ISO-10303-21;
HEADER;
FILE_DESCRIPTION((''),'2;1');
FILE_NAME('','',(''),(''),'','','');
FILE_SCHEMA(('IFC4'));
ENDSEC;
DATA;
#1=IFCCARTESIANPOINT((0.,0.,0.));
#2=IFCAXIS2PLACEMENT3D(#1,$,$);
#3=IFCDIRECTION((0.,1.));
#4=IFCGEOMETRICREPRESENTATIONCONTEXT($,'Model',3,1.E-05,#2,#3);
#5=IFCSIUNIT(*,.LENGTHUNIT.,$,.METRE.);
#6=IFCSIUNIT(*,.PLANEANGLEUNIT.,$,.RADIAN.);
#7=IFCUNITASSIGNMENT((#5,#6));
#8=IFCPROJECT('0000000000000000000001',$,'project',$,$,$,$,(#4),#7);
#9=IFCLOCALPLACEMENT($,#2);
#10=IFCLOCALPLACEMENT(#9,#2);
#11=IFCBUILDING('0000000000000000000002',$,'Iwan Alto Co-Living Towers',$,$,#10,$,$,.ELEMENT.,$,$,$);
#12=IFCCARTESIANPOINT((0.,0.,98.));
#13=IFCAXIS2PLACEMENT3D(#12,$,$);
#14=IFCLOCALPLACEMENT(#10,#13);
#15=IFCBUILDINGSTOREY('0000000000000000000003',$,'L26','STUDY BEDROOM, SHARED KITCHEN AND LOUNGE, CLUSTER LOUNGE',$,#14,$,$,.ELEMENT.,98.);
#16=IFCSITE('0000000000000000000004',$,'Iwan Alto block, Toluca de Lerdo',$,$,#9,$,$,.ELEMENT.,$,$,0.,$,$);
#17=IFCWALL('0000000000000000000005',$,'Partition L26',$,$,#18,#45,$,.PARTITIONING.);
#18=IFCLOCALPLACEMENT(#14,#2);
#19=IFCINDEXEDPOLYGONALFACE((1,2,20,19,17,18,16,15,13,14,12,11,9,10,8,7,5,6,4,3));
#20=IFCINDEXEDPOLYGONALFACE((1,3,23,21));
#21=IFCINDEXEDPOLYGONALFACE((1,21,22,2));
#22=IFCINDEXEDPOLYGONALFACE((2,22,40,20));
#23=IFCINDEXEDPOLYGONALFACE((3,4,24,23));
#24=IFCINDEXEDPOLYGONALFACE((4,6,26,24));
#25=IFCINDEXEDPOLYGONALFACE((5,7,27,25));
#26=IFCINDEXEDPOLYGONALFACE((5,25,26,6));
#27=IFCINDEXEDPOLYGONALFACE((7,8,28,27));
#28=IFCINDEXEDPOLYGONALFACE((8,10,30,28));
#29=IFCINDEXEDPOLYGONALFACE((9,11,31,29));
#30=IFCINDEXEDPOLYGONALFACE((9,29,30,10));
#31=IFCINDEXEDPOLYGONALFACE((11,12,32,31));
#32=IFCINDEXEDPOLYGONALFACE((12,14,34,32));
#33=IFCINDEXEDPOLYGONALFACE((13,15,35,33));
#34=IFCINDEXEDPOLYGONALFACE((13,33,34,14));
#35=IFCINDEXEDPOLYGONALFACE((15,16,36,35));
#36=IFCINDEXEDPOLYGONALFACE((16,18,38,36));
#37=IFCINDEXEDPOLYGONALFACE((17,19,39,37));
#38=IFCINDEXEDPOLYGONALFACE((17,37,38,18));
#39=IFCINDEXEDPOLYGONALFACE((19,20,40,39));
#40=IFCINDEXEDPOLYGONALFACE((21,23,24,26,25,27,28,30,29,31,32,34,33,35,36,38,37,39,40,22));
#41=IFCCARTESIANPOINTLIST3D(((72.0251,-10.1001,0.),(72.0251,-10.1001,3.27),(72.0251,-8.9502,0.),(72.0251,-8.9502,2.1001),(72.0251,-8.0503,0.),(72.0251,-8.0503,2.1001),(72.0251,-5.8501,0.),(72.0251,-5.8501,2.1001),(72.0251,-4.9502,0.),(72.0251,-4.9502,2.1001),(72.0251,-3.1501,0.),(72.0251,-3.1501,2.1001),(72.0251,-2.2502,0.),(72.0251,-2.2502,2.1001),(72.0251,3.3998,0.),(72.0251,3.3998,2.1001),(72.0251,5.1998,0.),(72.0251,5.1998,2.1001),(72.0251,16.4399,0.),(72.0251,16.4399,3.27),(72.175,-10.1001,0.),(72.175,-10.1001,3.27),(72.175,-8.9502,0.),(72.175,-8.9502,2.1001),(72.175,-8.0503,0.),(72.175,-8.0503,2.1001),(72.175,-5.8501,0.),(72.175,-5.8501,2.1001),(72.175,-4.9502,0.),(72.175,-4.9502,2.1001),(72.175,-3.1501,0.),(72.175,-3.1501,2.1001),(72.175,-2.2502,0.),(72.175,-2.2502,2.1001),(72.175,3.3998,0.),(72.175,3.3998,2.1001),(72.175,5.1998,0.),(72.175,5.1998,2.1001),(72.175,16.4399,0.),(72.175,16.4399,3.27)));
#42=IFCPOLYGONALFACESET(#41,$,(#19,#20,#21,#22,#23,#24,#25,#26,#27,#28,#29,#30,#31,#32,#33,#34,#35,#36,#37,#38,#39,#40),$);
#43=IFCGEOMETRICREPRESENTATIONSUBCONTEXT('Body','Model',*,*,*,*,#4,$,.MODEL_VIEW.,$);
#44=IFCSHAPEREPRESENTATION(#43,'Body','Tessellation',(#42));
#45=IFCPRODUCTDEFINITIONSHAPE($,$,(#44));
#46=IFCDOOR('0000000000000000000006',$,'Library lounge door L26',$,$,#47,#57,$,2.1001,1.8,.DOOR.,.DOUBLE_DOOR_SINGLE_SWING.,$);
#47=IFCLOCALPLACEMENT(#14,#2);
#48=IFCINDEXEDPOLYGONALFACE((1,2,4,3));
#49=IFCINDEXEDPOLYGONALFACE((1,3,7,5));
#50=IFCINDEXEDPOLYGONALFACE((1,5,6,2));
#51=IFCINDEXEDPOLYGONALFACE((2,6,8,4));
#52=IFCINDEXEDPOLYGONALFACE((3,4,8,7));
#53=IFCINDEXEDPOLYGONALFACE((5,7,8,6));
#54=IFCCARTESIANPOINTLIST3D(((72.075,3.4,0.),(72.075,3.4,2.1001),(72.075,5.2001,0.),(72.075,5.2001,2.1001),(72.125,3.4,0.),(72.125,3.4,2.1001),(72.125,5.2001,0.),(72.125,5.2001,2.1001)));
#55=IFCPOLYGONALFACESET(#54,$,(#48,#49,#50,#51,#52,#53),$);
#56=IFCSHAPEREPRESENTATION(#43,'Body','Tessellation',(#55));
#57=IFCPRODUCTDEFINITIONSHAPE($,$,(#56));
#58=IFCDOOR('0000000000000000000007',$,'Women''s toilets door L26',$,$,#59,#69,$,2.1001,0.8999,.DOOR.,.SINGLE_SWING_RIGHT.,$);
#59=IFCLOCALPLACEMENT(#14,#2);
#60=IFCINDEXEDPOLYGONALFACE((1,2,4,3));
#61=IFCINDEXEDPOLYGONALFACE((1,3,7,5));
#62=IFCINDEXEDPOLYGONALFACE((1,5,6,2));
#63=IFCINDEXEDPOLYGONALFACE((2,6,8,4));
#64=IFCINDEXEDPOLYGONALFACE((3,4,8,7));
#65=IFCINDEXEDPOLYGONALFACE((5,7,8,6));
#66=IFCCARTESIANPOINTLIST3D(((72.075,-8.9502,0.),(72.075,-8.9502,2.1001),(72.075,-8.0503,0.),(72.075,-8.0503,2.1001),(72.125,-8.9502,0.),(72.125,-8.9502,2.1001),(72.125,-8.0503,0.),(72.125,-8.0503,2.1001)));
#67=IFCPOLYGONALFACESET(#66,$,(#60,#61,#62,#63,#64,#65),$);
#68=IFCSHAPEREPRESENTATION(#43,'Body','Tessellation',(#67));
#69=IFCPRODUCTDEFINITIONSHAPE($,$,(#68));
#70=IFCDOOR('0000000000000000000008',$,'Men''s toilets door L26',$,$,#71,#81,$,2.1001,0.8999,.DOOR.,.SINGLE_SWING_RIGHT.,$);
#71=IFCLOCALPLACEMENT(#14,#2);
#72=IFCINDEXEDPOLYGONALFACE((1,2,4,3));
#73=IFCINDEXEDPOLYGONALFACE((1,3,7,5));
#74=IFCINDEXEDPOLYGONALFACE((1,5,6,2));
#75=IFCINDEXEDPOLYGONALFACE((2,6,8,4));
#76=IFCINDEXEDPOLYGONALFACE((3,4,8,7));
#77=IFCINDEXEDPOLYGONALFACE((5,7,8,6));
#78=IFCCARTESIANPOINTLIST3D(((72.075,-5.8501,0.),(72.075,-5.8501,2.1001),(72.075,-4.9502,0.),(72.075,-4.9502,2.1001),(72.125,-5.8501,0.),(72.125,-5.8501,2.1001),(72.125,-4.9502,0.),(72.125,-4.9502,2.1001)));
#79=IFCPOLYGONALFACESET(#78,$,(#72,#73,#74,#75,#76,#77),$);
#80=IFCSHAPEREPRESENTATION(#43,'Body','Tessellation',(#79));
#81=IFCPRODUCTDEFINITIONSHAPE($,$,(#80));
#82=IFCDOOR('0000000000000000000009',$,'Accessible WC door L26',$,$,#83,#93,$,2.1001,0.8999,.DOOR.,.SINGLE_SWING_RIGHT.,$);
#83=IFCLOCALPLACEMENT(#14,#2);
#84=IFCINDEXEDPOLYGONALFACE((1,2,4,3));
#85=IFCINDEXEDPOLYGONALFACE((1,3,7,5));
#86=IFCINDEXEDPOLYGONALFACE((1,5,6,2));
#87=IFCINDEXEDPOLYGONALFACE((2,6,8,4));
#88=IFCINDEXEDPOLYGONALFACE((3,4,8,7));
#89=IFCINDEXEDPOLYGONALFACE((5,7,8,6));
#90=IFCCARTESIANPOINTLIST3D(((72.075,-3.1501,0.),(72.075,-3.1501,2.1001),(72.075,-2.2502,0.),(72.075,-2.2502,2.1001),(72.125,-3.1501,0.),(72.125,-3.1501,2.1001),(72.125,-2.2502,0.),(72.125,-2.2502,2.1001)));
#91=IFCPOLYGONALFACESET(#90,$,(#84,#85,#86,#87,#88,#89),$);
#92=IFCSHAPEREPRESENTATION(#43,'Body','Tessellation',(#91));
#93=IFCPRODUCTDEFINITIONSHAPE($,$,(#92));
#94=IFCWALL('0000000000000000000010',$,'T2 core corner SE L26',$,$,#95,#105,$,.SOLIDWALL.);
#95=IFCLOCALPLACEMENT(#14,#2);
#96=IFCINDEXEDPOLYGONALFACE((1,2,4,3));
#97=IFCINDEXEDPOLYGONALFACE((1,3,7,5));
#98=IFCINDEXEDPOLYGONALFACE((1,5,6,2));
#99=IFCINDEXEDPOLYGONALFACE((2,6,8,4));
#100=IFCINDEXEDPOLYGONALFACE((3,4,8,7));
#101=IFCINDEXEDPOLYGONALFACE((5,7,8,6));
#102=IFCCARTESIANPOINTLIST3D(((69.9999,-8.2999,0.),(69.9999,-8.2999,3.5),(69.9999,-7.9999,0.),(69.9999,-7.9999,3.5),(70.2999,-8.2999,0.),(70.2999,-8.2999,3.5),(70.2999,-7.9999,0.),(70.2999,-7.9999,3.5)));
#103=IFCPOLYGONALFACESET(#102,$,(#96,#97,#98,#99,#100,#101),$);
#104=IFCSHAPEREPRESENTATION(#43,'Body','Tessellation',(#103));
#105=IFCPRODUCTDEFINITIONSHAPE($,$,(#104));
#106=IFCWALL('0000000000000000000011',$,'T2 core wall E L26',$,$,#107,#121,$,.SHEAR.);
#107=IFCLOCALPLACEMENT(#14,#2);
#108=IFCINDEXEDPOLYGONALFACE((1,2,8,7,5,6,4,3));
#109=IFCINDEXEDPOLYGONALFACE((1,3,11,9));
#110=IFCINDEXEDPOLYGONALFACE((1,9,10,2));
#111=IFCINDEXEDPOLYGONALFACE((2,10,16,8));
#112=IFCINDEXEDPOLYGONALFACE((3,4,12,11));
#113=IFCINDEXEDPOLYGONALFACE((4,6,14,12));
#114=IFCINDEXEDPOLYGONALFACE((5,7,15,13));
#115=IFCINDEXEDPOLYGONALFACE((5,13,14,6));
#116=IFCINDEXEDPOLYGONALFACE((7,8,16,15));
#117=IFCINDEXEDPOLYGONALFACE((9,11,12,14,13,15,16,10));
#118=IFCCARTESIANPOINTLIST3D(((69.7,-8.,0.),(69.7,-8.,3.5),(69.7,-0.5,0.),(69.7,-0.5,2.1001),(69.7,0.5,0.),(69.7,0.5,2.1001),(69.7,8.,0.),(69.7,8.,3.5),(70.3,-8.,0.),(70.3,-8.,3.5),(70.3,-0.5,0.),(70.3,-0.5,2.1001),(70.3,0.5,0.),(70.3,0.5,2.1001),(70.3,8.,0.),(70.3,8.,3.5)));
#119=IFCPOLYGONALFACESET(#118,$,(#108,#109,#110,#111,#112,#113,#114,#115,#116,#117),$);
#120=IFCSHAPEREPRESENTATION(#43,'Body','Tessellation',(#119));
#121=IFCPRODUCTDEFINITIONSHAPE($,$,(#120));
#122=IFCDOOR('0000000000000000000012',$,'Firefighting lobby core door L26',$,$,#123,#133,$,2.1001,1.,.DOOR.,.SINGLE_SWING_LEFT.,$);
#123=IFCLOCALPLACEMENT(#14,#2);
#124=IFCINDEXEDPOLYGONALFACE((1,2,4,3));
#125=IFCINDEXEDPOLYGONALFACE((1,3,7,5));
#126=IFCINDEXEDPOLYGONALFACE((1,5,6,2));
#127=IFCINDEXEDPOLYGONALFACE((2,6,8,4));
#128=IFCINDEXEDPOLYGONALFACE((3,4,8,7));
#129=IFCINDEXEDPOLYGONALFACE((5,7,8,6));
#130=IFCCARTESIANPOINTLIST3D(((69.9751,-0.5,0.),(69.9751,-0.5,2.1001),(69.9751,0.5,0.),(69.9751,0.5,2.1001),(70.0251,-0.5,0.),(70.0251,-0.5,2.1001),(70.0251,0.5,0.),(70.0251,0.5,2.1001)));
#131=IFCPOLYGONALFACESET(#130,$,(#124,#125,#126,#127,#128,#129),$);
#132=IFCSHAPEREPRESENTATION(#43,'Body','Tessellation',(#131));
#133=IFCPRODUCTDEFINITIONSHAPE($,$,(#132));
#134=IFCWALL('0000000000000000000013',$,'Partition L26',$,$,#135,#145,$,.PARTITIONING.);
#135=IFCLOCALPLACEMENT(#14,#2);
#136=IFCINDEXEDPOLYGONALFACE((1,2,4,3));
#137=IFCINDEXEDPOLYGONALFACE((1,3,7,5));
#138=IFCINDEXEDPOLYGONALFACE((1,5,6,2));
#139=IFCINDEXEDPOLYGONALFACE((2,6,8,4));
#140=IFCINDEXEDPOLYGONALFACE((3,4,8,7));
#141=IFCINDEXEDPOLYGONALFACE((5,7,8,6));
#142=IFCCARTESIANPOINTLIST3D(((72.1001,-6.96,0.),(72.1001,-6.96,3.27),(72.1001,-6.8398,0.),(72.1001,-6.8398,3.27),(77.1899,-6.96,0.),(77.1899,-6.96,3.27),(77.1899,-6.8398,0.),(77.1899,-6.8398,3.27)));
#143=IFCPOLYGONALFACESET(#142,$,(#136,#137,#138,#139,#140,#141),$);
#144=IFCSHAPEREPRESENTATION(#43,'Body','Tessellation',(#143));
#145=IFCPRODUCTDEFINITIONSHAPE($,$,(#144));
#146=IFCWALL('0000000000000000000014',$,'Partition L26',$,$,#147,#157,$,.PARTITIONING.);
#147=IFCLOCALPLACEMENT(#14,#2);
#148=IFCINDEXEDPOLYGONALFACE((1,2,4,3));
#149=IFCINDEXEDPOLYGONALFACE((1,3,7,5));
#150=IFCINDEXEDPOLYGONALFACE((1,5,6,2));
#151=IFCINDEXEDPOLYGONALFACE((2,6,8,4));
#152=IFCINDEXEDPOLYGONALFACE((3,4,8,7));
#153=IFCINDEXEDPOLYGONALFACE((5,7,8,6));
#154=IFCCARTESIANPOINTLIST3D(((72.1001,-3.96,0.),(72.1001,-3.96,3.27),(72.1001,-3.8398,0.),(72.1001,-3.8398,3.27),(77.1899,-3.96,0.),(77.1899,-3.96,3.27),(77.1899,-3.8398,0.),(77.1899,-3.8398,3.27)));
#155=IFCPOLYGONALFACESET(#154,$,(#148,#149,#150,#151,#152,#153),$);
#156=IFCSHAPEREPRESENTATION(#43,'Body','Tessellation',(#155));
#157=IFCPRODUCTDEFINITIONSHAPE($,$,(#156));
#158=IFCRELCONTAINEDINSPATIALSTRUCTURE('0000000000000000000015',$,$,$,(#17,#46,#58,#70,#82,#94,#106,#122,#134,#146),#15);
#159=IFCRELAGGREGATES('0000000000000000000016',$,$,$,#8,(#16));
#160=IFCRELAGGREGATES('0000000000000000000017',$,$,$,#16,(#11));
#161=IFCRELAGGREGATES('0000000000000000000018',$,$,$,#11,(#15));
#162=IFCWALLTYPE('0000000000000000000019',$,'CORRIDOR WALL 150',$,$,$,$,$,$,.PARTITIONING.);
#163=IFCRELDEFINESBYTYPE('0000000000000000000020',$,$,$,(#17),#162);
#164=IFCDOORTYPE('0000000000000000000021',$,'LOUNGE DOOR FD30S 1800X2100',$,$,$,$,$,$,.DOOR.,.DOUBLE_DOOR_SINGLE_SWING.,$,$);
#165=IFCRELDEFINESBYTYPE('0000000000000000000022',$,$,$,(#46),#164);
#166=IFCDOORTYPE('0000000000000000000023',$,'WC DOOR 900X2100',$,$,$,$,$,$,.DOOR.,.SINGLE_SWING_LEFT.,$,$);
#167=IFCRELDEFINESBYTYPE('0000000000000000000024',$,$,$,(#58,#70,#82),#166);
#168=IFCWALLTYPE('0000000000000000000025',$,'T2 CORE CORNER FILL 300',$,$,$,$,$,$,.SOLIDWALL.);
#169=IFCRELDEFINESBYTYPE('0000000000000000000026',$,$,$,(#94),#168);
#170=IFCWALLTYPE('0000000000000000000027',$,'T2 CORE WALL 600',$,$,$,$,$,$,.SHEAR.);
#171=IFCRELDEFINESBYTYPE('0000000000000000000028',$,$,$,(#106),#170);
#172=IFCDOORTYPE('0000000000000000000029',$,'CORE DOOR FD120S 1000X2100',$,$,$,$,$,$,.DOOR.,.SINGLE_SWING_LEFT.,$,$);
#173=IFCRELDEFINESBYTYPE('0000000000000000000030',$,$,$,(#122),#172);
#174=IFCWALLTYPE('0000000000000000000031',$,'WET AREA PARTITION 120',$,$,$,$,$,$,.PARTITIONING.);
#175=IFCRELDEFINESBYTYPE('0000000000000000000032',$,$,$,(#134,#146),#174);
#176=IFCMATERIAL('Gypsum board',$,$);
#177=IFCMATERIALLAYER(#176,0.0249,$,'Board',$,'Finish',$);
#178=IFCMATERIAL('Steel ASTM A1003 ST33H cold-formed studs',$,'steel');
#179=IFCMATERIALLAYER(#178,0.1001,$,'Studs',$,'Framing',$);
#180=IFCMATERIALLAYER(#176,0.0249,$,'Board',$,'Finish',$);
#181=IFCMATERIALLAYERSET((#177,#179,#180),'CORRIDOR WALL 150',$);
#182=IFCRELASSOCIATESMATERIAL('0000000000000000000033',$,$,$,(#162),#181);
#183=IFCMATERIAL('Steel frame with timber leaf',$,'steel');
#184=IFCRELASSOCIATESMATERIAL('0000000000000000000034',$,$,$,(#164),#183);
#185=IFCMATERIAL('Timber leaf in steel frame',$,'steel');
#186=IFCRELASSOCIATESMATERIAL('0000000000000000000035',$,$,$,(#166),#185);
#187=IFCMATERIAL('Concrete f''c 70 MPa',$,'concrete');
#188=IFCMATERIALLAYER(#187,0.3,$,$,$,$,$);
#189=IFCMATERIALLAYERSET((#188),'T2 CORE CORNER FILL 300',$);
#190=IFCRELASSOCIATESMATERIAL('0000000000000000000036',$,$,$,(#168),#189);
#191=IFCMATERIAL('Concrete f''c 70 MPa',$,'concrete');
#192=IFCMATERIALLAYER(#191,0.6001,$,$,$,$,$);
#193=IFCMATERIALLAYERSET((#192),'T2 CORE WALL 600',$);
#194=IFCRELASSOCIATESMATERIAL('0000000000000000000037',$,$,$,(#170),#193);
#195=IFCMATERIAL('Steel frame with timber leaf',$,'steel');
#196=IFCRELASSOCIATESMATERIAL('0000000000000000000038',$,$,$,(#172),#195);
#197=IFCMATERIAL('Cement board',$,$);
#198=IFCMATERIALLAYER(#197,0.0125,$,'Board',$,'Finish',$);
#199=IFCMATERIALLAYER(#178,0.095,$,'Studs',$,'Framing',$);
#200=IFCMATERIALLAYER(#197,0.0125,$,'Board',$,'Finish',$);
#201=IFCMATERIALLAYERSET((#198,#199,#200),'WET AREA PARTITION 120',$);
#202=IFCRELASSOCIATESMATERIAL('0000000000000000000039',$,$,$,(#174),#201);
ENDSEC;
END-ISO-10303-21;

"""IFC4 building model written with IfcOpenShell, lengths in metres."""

from ifc_helpers import new_model, si_unit, direction, frame, frame_2d, origin, place, context, subcontext, project, spatial, rectangle, extrude, material, layer, layer_set, type_object, element, fill, save


model = new_model("IFC4")

# Units and contexts
model_context = context("Model", 3, precision=1e-05, world=origin(), true_north=direction((0.0, 1.0)))
body_context = subcontext(model_context, "Body", "Model", "MODEL_VIEW")
ifc_project = project(units=[si_unit("LENGTHUNIT", "METRE"), si_unit("PLANEANGLEUNIT", "RADIAN")], contexts=[model_context])

# Site, building, storey
site_placement = place(None, origin())
site = spatial("IfcSite", under=ifc_project, at=site_placement, Name="Iwan Alto block, Toluca de Lerdo", CompositionType="ELEMENT", RefElevation=0.0)
building_placement = place(site_placement, origin())
building = spatial("IfcBuilding", under=site, at=building_placement, Name="Iwan Alto Co-Living Towers", CompositionType="ELEMENT")
storey_placement = place(building_placement, frame((0.0, 0.0, 98.0)))
storey = spatial("IfcBuildingStorey", under=building, at=storey_placement, Name="L26", Description="STUDY BEDROOM, SHARED KITCHEN AND LOUNGE, CLUSTER LOUNGE", CompositionType="ELEMENT", Elevation=98.0)

# Wall, openings, doors
ifc_material_1 = material(Name="Gypsum board")
ifc_layer_1 = layer(ifc_material_1, 0.0249, Name="Board", Category="Finish")
ifc_material_2 = material(Name="Steel ASTM A1003 ST33H cold-formed studs", Category="steel")
ifc_layer_2 = layer(ifc_material_2, 0.1001, Name="Studs", Category="Framing")
ifc_layer_3 = layer(ifc_material_1, 0.0249, Name="Board", Category="Finish")
ifc_layer_set_1 = layer_set([ifc_layer_1, ifc_layer_2, ifc_layer_3], Name="CORRIDOR WALL 150")
wall_type_1 = type_object("IfcWallType", Name="CORRIDOR WALL 150", PredefinedType="PARTITIONING", material=ifc_layer_set_1)
wall_1_placement = place(storey_placement, frame((72.1001, -10.1001, 0.0), z_axis=(0.0, 0.0, 1.0), x_axis=(0.0, 1.0, 0.0)))
wall_1 = element("IfcWall", 1, at=wall_1_placement, inside=storey, type_object=wall_type_1, Name="Partition L26", PredefinedType="PARTITIONING", context=body_context, shape_type="SweptSolid", body=[
    extrude(rectangle(XDim=26.54, YDim=0.1499, at=frame_2d((13.27, 0.0))), origin(), (0.0, 0.0, 1.0), 3.27),
])
opening_1_placement = place(wall_1_placement, frame((1.1499, 0.0, 0.0)))
opening_1 = element("IfcOpeningElement", 2, at=opening_1_placement, cuts=wall_1, PredefinedType="OPENING", context=body_context, shape_type="SweptSolid", body=[
    extrude(rectangle(XDim=0.8999, YDim=2.1001, at=frame_2d((0.45, 1.05))), frame((0.0, 0.085, 0.0), z_axis=(0.0, -1.0, 0.0), x_axis=(1.0, 0.0, 0.0)), (0.0, 0.0, 1.0), 0.1699),
])
opening_2_placement = place(wall_1_placement, frame((4.25, 0.0, 0.0)))
opening_2 = element("IfcOpeningElement", 3, at=opening_2_placement, cuts=wall_1, PredefinedType="OPENING", context=body_context, shape_type="SweptSolid", body=[
    extrude(rectangle(XDim=0.8999, YDim=2.1001, at=frame_2d((0.45, 1.05))), frame((0.0, 0.085, 0.0), z_axis=(0.0, -1.0, 0.0), x_axis=(1.0, 0.0, 0.0)), (0.0, 0.0, 1.0), 0.1699),
])
opening_3_placement = place(wall_1_placement, frame((6.95, 0.0, 0.0)))
opening_3 = element("IfcOpeningElement", 4, at=opening_3_placement, cuts=wall_1, PredefinedType="OPENING", context=body_context, shape_type="SweptSolid", body=[
    extrude(rectangle(XDim=0.8999, YDim=2.1001, at=frame_2d((0.45, 1.05))), frame((0.0, 0.085, 0.0), z_axis=(0.0, -1.0, 0.0), x_axis=(1.0, 0.0, 0.0)), (0.0, 0.0, 1.0), 0.1699),
])
opening_4_placement = place(wall_1_placement, frame((13.5, 0.0, 0.0)))
opening_4 = element("IfcOpeningElement", 5, at=opening_4_placement, cuts=wall_1, PredefinedType="OPENING", context=body_context, shape_type="SweptSolid", body=[
    extrude(rectangle(XDim=1.8, YDim=2.1001, at=frame_2d((0.8999, 1.05))), frame((0.0, 0.085, 0.0), z_axis=(0.0, -1.0, 0.0), x_axis=(1.0, 0.0, 0.0)), (0.0, 0.0, 1.0), 0.1699),
])
ifc_material_3 = material(Name="Steel frame with timber leaf", Category="steel")
door_type_1 = type_object("IfcDoorType", Name="LOUNGE DOOR FD30S 1800X2100", OperationType="DOUBLE_DOOR_SINGLE_SWING", PredefinedType="DOOR", material=ifc_material_3)
door_1_placement = place(opening_4_placement, frame((1.8, 0.0, 0.0), z_axis=(0.0, 0.0, 1.0), x_axis=(-1.0, 0.0, 0.0)))
door_1 = element("IfcDoor", 6, at=door_1_placement, inside=storey, type_object=door_type_1, Name="Library lounge door L26", OperationType="DOUBLE_DOOR_SINGLE_SWING", OverallHeight=2.1001, OverallWidth=1.8, PredefinedType="DOOR", context=body_context, shape_type="SweptSolid", body=[
    extrude(rectangle(XDim=1.8, YDim=2.1001, at=frame_2d((0.8999, 1.05))), frame((0.0, 0.0249, 0.0), z_axis=(0.0, -1.0, 0.0), x_axis=(1.0, 0.0, 0.0)), (0.0, 0.0, 1.0), 0.05),
])
fill(opening_4, door_1)
ifc_material_4 = material(Name="Timber leaf in steel frame", Category="steel")
door_type_2 = type_object("IfcDoorType", Name="WC DOOR 900X2100", OperationType="SINGLE_SWING_LEFT", PredefinedType="DOOR", material=ifc_material_4)
door_2_placement = place(opening_1_placement, frame((0.8999, 0.0, 0.0), z_axis=(0.0, 0.0, 1.0), x_axis=(-1.0, 0.0, 0.0)))
door_2 = element("IfcDoor", 7, at=door_2_placement, inside=storey, type_object=door_type_2, Name="Women's toilets door L26", OperationType="SINGLE_SWING_RIGHT", OverallHeight=2.1001, OverallWidth=0.8999, PredefinedType="DOOR", context=body_context, shape_type="SweptSolid", body=[
    extrude(rectangle(XDim=0.8999, YDim=2.1001, at=frame_2d((0.45, 1.05))), frame((0.0, 0.0249, 0.0), z_axis=(0.0, -1.0, 0.0), x_axis=(1.0, 0.0, 0.0)), (0.0, 0.0, 1.0), 0.05),
])
fill(opening_1, door_2)
door_3_placement = place(opening_2_placement, frame((0.8999, 0.0, 0.0), z_axis=(0.0, 0.0, 1.0), x_axis=(-1.0, 0.0, 0.0)))
door_3 = element("IfcDoor", 8, at=door_3_placement, inside=storey, type_object=door_type_2, Name="Men's toilets door L26", OperationType="SINGLE_SWING_RIGHT", OverallHeight=2.1001, OverallWidth=0.8999, PredefinedType="DOOR", context=body_context, shape_type="SweptSolid", body=[
    extrude(rectangle(XDim=0.8999, YDim=2.1001, at=frame_2d((0.45, 1.05))), frame((0.0, 0.0249, 0.0), z_axis=(0.0, -1.0, 0.0), x_axis=(1.0, 0.0, 0.0)), (0.0, 0.0, 1.0), 0.05),
])
fill(opening_2, door_3)
door_4_placement = place(opening_3_placement, frame((0.8999, 0.0, 0.0), z_axis=(0.0, 0.0, 1.0), x_axis=(-1.0, 0.0, 0.0)))
door_4 = element("IfcDoor", 9, at=door_4_placement, inside=storey, type_object=door_type_2, Name="Accessible WC door L26", OperationType="SINGLE_SWING_RIGHT", OverallHeight=2.1001, OverallWidth=0.8999, PredefinedType="DOOR", context=body_context, shape_type="SweptSolid", body=[
    extrude(rectangle(XDim=0.8999, YDim=2.1001, at=frame_2d((0.45, 1.05))), frame((0.0, 0.0249, 0.0), z_axis=(0.0, -1.0, 0.0), x_axis=(1.0, 0.0, 0.0)), (0.0, 0.0, 1.0), 0.05),
])
fill(opening_3, door_4)

# Wall
ifc_material_5 = material(Name="Concrete f'c 70 MPa", Category="concrete")
ifc_layer_4 = layer(ifc_material_5, 0.3)
ifc_layer_set_2 = layer_set([ifc_layer_4], Name="T2 CORE CORNER FILL 300")
wall_type_2 = type_object("IfcWallType", Name="T2 CORE CORNER FILL 300", PredefinedType="SOLIDWALL", material=ifc_layer_set_2)
wall_2_placement = place(storey_placement, frame((70.0, -8.1499, 0.0), z_axis=(0.0, 0.0, 1.0), x_axis=(1.0, 0.0, 0.0)))
element("IfcWall", 10, at=wall_2_placement, inside=storey, type_object=wall_type_2, Name="T2 core corner SE L26", PredefinedType="SOLIDWALL", context=body_context, shape_type="SweptSolid", body=[
    extrude(rectangle(XDim=0.3, YDim=0.3, at=frame_2d((0.1499, 0.0))), origin(), (0.0, 0.0, 1.0), 3.5),
])

# Wall, opening, door
ifc_material_6 = material(Name="Concrete f'c 70 MPa", Category="concrete")
ifc_layer_5 = layer(ifc_material_6, 0.6001)
ifc_layer_set_3 = layer_set([ifc_layer_5], Name="T2 CORE WALL 600")
wall_type_3 = type_object("IfcWallType", Name="T2 CORE WALL 600", PredefinedType="SHEAR", material=ifc_layer_set_3)
wall_3_placement = place(storey_placement, frame((70.0, -8.0, 0.0), z_axis=(0.0, 0.0, 1.0), x_axis=(0.0, 1.0, 0.0)))
wall_3 = element("IfcWall", 11, at=wall_3_placement, inside=storey, type_object=wall_type_3, Name="T2 core wall E L26", PredefinedType="SHEAR", context=body_context, shape_type="SweptSolid", body=[
    extrude(rectangle(XDim=16.0, YDim=0.6001, at=frame_2d((8.0, 0.0))), origin(), (0.0, 0.0, 1.0), 3.5),
])
opening_5_placement = place(wall_3_placement, frame((7.5, 0.0, 0.0)))
opening_5 = element("IfcOpeningElement", 12, at=opening_5_placement, cuts=wall_3, PredefinedType="OPENING", context=body_context, shape_type="SweptSolid", body=[
    extrude(rectangle(XDim=1.0, YDim=2.1001, at=frame_2d((0.5, 1.05))), frame((0.0, 0.3101, 0.0), z_axis=(0.0, -1.0, 0.0), x_axis=(1.0, 0.0, 0.0)), (0.0, 0.0, 1.0), 0.6201),
])
ifc_material_7 = material(Name="Steel frame with timber leaf", Category="steel")
door_type_3 = type_object("IfcDoorType", Name="CORE DOOR FD120S 1000X2100", OperationType="SINGLE_SWING_LEFT", PredefinedType="DOOR", material=ifc_material_7)
door_5_placement = place(opening_5_placement, origin())
door_5 = element("IfcDoor", 13, at=door_5_placement, inside=storey, type_object=door_type_3, Name="Firefighting lobby core door L26", OperationType="SINGLE_SWING_LEFT", OverallHeight=2.1001, OverallWidth=1.0, PredefinedType="DOOR", context=body_context, shape_type="SweptSolid", body=[
    extrude(rectangle(XDim=1.0, YDim=2.1001, at=frame_2d((0.5, 1.05))), frame((0.0, 0.0249, 0.0), z_axis=(0.0, -1.0, 0.0), x_axis=(1.0, 0.0, 0.0)), (0.0, 0.0, 1.0), 0.05),
])
fill(opening_5, door_5)

# Walls
ifc_material_8 = material(Name="Cement board")
ifc_layer_6 = layer(ifc_material_8, 0.0125, Name="Board", Category="Finish")
ifc_layer_7 = layer(ifc_material_2, 0.095, Name="Studs", Category="Framing")
ifc_layer_8 = layer(ifc_material_8, 0.0125, Name="Board", Category="Finish")
ifc_layer_set_4 = layer_set([ifc_layer_6, ifc_layer_7, ifc_layer_8], Name="WET AREA PARTITION 120")
wall_type_4 = type_object("IfcWallType", Name="WET AREA PARTITION 120", PredefinedType="PARTITIONING", material=ifc_layer_set_4)
for number, where, z_axis, x_axis, name in (
    (14, (72.1001, -6.8999, 0.0), (0.0, 0.0, 1.0), (1.0, 0.0, 0.0), "Partition L26"),
    (15, (72.1001, -3.8999, 0.0), (0.0, 0.0, 1.0), (1.0, 0.0, 0.0), "Partition L26"),
):
    element("IfcWall", number, at=place(storey_placement, frame(where, z_axis=z_axis, x_axis=x_axis)), inside=storey, type_object=wall_type_4, Name=name, PredefinedType="PARTITIONING", context=body_context, shape_type="SweptSolid", body=[
        extrude(rectangle(XDim=5.0898, YDim=0.1201, at=frame_2d((2.5449, 0.0))), origin(), (0.0, 0.0, 1.0), 3.27),
    ])

save(model, "model.ifc")
